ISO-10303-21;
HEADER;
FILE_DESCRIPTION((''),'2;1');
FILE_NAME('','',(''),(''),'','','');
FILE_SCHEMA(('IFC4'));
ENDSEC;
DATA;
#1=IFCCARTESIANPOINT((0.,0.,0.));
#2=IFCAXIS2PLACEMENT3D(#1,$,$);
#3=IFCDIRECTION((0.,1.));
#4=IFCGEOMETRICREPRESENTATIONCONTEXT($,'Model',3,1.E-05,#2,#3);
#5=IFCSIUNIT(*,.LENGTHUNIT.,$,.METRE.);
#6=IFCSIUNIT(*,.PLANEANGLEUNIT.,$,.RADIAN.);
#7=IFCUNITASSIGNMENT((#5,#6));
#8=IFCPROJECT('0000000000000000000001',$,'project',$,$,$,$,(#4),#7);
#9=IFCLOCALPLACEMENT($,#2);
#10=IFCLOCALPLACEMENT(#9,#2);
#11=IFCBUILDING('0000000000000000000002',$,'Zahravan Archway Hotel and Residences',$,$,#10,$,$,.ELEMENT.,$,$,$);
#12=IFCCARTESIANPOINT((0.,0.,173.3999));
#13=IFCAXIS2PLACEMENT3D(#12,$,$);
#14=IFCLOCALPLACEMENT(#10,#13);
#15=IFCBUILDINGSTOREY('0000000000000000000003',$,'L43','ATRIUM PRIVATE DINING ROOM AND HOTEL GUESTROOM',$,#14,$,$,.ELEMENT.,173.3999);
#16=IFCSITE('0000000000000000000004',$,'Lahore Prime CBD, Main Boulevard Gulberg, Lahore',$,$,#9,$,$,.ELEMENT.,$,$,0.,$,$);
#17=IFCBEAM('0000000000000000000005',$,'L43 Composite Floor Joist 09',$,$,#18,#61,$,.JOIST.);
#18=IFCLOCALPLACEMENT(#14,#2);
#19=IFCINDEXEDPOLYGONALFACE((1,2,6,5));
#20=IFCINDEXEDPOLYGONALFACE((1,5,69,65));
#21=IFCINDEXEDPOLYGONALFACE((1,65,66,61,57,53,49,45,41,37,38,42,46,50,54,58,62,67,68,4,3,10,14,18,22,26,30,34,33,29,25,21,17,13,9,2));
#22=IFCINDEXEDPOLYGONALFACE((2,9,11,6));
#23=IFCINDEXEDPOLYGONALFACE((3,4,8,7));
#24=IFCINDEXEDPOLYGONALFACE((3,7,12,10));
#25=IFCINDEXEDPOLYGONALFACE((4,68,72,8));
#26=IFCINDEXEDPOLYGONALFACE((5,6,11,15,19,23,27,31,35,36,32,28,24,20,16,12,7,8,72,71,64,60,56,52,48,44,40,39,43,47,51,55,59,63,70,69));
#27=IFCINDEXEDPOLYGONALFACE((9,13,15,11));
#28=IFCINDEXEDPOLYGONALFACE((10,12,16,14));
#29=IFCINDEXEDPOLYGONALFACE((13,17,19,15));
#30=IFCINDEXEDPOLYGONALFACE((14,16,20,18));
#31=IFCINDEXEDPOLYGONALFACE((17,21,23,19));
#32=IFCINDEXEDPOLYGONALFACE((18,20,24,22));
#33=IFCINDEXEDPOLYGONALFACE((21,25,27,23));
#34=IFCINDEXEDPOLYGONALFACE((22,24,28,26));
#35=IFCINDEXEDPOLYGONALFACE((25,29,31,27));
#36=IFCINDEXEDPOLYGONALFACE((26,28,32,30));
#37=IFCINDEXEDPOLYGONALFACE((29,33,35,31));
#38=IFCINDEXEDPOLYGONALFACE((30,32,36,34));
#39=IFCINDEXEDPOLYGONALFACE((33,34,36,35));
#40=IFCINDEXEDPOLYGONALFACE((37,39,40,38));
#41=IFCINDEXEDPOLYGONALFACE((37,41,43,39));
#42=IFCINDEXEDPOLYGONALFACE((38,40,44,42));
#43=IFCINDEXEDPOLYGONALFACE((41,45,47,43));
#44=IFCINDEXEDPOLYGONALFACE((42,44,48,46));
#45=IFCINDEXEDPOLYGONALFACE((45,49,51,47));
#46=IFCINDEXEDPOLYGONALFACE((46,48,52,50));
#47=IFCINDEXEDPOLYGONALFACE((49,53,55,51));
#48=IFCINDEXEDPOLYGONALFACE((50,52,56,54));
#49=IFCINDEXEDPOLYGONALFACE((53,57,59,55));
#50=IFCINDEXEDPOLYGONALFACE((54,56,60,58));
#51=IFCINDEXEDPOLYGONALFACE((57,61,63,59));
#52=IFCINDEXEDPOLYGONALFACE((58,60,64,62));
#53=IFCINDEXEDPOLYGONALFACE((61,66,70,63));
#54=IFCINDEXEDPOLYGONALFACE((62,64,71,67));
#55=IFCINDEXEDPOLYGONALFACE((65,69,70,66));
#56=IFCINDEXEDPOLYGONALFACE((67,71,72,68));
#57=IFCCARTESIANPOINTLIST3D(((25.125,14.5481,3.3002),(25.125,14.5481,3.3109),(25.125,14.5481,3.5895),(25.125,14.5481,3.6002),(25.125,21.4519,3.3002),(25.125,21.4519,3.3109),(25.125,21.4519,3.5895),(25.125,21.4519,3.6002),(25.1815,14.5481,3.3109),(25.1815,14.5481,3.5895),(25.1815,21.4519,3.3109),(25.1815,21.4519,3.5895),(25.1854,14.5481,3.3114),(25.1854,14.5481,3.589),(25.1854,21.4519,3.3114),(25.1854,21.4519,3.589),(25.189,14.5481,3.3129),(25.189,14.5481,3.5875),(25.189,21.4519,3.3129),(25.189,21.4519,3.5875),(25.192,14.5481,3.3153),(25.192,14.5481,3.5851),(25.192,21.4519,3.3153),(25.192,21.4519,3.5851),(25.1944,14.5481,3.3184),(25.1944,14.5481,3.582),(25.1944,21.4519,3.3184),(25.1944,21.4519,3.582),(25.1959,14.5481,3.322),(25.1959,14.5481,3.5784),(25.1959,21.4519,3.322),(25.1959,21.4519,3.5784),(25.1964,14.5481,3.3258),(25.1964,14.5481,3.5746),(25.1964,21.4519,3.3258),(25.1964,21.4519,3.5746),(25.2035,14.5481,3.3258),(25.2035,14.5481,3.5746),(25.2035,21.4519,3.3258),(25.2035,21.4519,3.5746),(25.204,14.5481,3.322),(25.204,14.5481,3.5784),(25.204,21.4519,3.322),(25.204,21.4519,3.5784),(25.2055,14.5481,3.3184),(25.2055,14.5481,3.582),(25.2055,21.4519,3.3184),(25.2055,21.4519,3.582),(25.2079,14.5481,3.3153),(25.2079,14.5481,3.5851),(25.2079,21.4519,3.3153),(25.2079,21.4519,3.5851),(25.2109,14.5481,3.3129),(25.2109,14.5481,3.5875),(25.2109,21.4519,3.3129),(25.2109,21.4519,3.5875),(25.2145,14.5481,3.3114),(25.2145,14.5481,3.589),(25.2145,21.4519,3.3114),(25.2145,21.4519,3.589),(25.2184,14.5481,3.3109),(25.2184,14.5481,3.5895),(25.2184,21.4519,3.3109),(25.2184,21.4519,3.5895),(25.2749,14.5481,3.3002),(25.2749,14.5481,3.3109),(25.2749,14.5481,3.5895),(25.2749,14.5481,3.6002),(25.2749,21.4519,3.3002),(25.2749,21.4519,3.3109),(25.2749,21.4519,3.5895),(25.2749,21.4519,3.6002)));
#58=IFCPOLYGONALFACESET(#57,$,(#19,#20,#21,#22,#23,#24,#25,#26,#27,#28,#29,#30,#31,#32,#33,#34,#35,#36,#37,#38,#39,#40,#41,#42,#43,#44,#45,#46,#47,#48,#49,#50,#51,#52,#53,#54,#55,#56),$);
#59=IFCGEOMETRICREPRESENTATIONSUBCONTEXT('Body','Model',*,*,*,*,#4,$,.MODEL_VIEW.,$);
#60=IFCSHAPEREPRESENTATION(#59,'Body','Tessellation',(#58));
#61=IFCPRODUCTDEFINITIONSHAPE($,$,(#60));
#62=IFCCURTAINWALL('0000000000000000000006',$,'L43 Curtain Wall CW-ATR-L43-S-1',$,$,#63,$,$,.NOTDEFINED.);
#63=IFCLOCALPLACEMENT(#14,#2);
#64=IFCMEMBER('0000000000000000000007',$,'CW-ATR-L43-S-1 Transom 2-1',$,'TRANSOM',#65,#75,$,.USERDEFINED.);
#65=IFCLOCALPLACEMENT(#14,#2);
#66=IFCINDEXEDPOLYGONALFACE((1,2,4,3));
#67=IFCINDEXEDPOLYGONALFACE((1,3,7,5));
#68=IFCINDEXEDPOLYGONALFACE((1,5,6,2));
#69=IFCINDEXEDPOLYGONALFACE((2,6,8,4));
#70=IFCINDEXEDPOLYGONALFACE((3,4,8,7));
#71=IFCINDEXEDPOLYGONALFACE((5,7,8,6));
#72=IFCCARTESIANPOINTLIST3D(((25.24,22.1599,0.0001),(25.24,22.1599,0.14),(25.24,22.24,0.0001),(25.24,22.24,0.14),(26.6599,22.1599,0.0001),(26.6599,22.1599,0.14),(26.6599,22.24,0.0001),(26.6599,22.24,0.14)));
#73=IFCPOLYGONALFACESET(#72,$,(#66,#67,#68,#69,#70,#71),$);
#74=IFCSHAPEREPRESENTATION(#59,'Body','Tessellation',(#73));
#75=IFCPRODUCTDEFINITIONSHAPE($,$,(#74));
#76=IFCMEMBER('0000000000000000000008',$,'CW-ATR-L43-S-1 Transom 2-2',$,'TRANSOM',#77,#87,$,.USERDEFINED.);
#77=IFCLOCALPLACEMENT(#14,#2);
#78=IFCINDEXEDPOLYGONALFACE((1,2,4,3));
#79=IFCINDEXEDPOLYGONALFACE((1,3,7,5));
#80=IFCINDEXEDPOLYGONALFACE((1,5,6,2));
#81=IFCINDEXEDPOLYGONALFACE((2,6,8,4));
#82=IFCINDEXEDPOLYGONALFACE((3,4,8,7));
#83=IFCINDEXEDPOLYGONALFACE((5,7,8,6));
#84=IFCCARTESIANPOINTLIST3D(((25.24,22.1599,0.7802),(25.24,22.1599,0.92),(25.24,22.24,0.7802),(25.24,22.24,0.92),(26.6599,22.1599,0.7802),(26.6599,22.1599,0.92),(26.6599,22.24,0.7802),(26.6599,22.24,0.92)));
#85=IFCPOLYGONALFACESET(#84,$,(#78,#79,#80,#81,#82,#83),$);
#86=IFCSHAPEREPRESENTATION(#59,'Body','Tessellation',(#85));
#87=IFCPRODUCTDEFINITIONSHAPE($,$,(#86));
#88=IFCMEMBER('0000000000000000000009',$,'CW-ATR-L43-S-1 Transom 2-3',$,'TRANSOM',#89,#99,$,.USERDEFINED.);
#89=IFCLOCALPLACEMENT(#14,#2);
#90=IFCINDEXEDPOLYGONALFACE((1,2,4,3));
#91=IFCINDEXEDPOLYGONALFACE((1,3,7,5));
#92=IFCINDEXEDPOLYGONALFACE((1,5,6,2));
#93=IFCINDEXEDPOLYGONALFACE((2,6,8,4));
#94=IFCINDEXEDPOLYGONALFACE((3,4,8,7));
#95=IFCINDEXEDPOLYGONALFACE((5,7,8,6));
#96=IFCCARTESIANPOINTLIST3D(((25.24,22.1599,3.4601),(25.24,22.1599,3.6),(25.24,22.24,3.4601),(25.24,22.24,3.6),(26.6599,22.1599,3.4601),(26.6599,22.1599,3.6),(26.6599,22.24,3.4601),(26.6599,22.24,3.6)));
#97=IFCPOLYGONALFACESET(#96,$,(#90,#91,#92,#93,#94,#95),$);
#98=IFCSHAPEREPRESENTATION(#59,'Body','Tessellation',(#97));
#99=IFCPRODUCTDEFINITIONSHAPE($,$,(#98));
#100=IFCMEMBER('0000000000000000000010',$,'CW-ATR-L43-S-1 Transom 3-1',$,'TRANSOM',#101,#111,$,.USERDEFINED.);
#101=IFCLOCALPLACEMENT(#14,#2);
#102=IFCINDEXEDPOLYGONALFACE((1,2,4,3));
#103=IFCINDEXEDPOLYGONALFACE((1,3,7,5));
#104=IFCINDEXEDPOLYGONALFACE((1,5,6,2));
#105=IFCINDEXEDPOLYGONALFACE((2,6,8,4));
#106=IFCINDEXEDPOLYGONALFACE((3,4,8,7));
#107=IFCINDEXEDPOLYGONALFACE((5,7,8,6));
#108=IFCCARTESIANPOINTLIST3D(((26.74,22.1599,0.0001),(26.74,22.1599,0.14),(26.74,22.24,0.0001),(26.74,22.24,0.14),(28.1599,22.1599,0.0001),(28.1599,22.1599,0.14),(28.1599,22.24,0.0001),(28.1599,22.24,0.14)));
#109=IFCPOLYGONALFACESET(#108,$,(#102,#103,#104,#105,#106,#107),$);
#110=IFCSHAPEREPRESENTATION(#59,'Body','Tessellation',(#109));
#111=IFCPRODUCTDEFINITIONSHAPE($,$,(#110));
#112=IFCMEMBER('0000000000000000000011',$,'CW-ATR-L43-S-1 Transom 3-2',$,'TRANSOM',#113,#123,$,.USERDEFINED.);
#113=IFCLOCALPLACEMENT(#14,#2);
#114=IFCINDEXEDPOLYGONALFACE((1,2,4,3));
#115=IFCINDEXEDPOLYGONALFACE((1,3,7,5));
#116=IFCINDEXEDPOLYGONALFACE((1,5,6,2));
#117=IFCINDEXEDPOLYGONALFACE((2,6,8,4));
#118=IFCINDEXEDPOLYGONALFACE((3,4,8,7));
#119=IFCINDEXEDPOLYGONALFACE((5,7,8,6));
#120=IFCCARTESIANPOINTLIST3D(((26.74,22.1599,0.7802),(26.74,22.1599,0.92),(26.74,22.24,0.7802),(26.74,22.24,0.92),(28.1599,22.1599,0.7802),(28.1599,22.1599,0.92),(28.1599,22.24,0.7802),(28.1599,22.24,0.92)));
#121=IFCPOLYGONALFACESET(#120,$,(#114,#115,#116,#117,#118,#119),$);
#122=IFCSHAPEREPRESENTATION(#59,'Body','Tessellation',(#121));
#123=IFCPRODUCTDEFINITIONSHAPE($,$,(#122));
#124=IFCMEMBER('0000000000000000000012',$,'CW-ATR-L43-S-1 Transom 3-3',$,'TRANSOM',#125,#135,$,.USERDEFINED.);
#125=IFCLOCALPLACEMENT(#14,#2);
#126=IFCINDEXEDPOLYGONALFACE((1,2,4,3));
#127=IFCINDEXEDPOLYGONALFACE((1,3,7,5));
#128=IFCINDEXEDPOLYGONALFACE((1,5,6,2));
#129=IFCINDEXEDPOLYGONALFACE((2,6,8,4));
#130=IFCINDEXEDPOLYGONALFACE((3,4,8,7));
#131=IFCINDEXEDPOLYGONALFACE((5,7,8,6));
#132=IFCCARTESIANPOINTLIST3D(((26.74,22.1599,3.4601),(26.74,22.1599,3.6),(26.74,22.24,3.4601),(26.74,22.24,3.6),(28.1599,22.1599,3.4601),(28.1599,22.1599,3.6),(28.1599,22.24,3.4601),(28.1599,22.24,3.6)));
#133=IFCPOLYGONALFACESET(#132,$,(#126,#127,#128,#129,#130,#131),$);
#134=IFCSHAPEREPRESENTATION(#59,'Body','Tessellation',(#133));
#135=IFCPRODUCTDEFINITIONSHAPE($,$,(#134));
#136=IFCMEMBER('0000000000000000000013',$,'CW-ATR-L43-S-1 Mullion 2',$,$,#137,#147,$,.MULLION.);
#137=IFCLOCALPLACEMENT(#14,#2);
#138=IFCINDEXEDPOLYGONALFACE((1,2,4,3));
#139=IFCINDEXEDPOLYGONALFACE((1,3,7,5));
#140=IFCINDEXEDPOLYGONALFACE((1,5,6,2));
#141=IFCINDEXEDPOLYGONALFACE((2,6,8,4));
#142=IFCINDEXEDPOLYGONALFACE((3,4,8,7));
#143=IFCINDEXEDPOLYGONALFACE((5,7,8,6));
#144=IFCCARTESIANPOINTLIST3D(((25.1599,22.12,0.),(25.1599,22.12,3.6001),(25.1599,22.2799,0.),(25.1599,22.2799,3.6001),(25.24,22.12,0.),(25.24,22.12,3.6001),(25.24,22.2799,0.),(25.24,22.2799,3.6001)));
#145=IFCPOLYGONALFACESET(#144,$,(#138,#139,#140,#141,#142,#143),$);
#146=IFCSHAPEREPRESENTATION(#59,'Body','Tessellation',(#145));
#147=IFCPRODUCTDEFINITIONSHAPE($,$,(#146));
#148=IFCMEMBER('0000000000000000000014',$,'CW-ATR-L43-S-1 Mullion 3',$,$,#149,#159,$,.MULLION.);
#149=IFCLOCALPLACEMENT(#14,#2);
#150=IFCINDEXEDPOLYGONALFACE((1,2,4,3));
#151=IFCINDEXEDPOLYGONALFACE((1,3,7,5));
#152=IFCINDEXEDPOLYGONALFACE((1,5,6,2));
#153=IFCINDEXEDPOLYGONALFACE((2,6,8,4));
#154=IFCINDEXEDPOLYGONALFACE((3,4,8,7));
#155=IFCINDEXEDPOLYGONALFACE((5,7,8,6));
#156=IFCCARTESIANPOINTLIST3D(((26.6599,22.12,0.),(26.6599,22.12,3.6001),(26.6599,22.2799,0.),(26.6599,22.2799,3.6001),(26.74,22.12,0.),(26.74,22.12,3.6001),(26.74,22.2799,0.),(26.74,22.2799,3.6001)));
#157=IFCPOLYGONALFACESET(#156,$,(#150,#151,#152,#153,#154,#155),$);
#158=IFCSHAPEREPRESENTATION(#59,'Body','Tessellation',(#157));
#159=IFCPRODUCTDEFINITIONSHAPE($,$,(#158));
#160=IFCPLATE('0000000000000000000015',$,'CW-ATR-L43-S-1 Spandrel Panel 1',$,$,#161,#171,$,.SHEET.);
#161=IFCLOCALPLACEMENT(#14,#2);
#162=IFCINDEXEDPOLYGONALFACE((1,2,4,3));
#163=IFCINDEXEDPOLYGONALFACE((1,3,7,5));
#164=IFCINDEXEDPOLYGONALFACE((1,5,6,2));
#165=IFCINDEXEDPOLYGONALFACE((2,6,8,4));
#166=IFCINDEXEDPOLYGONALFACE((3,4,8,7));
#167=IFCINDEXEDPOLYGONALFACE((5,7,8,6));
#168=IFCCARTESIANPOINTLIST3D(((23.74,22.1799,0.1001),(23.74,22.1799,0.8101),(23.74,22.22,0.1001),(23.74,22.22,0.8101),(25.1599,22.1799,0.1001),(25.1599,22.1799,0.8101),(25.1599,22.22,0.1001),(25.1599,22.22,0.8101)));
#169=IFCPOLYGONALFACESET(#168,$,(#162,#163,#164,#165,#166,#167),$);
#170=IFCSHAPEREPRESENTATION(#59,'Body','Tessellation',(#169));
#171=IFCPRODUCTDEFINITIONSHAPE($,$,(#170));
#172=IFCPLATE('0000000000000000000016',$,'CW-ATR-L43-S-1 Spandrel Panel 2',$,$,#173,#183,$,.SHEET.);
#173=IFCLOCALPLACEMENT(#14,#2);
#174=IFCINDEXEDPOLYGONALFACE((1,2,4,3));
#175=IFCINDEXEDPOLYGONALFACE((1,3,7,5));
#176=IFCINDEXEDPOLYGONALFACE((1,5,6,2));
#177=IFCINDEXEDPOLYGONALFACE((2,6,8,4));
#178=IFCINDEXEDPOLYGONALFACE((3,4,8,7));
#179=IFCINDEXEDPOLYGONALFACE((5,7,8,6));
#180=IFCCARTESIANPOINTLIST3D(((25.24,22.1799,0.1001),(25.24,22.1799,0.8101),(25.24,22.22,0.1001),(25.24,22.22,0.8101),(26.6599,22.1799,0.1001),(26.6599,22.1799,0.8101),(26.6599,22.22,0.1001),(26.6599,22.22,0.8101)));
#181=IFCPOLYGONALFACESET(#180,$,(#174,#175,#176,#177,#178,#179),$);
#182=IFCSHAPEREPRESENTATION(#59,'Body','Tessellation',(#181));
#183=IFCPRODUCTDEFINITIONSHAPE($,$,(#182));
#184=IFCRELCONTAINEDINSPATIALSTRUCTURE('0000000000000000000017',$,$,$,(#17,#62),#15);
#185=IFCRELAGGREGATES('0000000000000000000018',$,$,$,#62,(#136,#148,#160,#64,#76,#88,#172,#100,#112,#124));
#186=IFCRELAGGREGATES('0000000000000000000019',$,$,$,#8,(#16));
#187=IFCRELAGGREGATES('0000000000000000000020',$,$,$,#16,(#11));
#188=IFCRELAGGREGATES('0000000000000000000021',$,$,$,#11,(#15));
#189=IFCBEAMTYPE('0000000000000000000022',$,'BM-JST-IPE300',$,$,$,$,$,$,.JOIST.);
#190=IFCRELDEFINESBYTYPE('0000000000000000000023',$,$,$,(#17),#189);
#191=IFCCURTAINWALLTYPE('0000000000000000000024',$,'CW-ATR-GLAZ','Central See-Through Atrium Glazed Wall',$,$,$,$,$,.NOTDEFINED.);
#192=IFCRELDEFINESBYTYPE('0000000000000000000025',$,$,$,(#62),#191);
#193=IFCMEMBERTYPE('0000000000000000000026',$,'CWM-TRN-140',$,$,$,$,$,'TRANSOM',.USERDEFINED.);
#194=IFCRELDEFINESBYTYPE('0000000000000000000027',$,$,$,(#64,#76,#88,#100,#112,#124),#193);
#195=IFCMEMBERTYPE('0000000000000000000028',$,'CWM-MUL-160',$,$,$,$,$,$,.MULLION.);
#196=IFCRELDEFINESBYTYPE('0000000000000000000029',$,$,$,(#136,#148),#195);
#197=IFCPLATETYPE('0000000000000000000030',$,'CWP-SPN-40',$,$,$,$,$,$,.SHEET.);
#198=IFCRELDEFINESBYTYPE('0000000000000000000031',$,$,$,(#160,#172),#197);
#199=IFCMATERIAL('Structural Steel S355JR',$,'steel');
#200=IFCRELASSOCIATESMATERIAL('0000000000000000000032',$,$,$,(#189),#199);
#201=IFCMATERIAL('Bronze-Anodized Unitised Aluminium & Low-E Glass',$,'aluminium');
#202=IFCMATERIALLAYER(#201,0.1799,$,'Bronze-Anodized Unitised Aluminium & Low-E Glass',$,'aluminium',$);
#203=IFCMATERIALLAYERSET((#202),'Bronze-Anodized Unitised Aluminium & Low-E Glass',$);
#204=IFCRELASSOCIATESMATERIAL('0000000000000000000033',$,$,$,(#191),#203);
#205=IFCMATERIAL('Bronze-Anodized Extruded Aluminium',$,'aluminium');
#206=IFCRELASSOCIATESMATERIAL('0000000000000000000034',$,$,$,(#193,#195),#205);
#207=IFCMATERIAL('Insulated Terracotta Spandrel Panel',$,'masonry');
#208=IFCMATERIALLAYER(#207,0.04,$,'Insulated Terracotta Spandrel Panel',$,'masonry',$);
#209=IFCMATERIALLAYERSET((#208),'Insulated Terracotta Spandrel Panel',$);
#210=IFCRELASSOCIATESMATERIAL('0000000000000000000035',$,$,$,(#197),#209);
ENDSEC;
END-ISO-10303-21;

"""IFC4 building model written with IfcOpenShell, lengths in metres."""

from ifc_helpers import new_model, si_unit, direction, frame, origin, origin_2d, place, context, subcontext, project, spatial, rectangle, i_section, extrude, source, transform, mapped, material, layer, layer_set, material_profile, profile_set, type_object, element, aggregate, save


model = new_model("IFC4")

# Units and contexts
model_context = context("Model", 3, precision=1e-05, world=origin(), true_north=direction((0.0, 1.0)))
body_context = subcontext(model_context, "Body", "Model", "MODEL_VIEW")
ifc_project = project(units=[si_unit("LENGTHUNIT", "METRE"), si_unit("PLANEANGLEUNIT", "RADIAN")], contexts=[model_context])

# Site, building, storey
site_placement = place(None, origin())
site = spatial("IfcSite", under=ifc_project, at=site_placement, Name="Lahore Prime CBD, Main Boulevard Gulberg, Lahore", CompositionType="ELEMENT", RefElevation=0.0)
building_placement = place(site_placement, origin())
building = spatial("IfcBuilding", under=site, at=building_placement, Name="Zahravan Archway Hotel and Residences", CompositionType="ELEMENT")
storey_placement = place(building_placement, frame((0.0, 0.0, 173.3999)))
storey = spatial("IfcBuildingStorey", under=building, at=storey_placement, Name="L43", Description="ATRIUM PRIVATE DINING ROOM AND HOTEL GUESTROOM", CompositionType="ELEMENT", Elevation=173.3999)

# Beam
ifc_material_1 = material(Name="Structural Steel S355JR", Category="steel")
ifc_material_profile_1 = material_profile(ifc_material_1, i_section(OverallWidth=0.1499, OverallDepth=0.3, WebThickness=0.0071, FlangeThickness=0.0107, FilletRadius=0.0149, at=origin_2d()), Name="IPE 300", Category="steel")
ifc_profile_set_1 = profile_set([ifc_material_profile_1], Name="Structural Steel S355JR")
beam_type = type_object("IfcBeamType", Name="BM-JST-IPE300", PredefinedType="JOIST", material=ifc_profile_set_1)
shared_shape_1 = source(origin(), body_context, "Body", "SweptSolid", [
    extrude(i_section(OverallWidth=0.1499, OverallDepth=0.3, WebThickness=0.0071, FlangeThickness=0.0107, FilletRadius=0.0149, at=origin_2d()), origin(), (0.0, 0.0, 1.0), 6.9038),
])
beam_placement = place(storey_placement, frame((25.2, 14.5481, 3.4502), z_axis=(0.0, 1.0, 0.0), x_axis=(-1.0, 0.0, 0.0)))
element("IfcBeam", 1, at=beam_placement, inside=storey, type_object=beam_type, Name="L43 Composite Floor Joist 09", PredefinedType="JOIST", context=body_context, shape_type="MappedRepresentation", body=[
    mapped(shared_shape_1, transform((0.0, 0.0, 0.0), scale=1.0)),
])

# Curtain wall, members, plates
ifc_material_2 = material(Name="Bronze-Anodized Unitised Aluminium & Low-E Glass", Category="aluminium")
ifc_layer_1 = layer(ifc_material_2, 0.1799, Name="Bronze-Anodized Unitised Aluminium & Low-E Glass", Category="aluminium")
ifc_layer_set_1 = layer_set([ifc_layer_1], Name="Bronze-Anodized Unitised Aluminium & Low-E Glass")
curtain_wall_type = type_object("IfcCurtainWallType", Name="CW-ATR-GLAZ", Description="Central See-Through Atrium Glazed Wall", PredefinedType="NOTDEFINED", material=ifc_layer_set_1)
curtain_wall_placement = place(storey_placement, origin())
curtain_wall = element("IfcCurtainWall", 2, at=curtain_wall_placement, inside=storey, type_object=curtain_wall_type, Name="L43 Curtain Wall CW-ATR-L43-S-1", PredefinedType="NOTDEFINED")
ifc_material_3 = material(Name="Bronze-Anodized Extruded Aluminium", Category="aluminium")
ifc_material_profile_2 = material_profile(ifc_material_3, rectangle(XDim=0.0801, YDim=0.1399, at=origin_2d()), Name="TRN 80x140", Category="aluminium")
ifc_profile_set_2 = profile_set([ifc_material_profile_2], Name="Bronze-Anodized Extruded Aluminium")
member_type_1 = type_object("IfcMemberType", Name="CWM-TRN-140", ElementType="TRANSOM", PredefinedType="USERDEFINED", material=ifc_profile_set_2)
shared_shape_2 = source(origin(), body_context, "Body", "SweptSolid", [
    extrude(rectangle(XDim=0.0801, YDim=0.1399, at=origin_2d()), origin(), (0.0, 0.0, 1.0), 1.4199),
])
member_1_placement = place(storey_placement, frame((25.24, 22.2, 0.0701), z_axis=(1.0, 0.0, 0.0), x_axis=(0.0, 1.0, 0.0)))
member_1 = element("IfcMember", 3, at=member_1_placement, type_object=member_type_1, Name="CW-ATR-L43-S-1 Transom 2-1", ObjectType="TRANSOM", PredefinedType="USERDEFINED", context=body_context, shape_type="MappedRepresentation", body=[
    mapped(shared_shape_2, transform((0.0, 0.0, 0.0), scale=1.0)),
])
member_2_placement = place(storey_placement, frame((25.24, 22.2, 0.8501), z_axis=(1.0, 0.0, 0.0), x_axis=(0.0, 1.0, 0.0)))
member_2 = element("IfcMember", 4, at=member_2_placement, type_object=member_type_1, Name="CW-ATR-L43-S-1 Transom 2-2", ObjectType="TRANSOM", PredefinedType="USERDEFINED", context=body_context, shape_type="MappedRepresentation", body=[
    mapped(shared_shape_2, transform((0.0, 0.0, 0.0), scale=1.0)),
])
member_3_placement = place(storey_placement, frame((25.24, 22.2, 3.53), z_axis=(1.0, 0.0, 0.0), x_axis=(0.0, 1.0, 0.0)))
member_3 = element("IfcMember", 5, at=member_3_placement, type_object=member_type_1, Name="CW-ATR-L43-S-1 Transom 2-3", ObjectType="TRANSOM", PredefinedType="USERDEFINED", context=body_context, shape_type="MappedRepresentation", body=[
    mapped(shared_shape_2, transform((0.0, 0.0, 0.0), scale=1.0)),
])
member_4_placement = place(storey_placement, frame((26.74, 22.2, 0.0701), z_axis=(1.0, 0.0, 0.0), x_axis=(0.0, 1.0, 0.0)))
member_4 = element("IfcMember", 6, at=member_4_placement, type_object=member_type_1, Name="CW-ATR-L43-S-1 Transom 3-1", ObjectType="TRANSOM", PredefinedType="USERDEFINED", context=body_context, shape_type="MappedRepresentation", body=[
    mapped(shared_shape_2, transform((0.0, 0.0, 0.0), scale=1.0)),
])
member_5_placement = place(storey_placement, frame((26.74, 22.2, 0.8501), z_axis=(1.0, 0.0, 0.0), x_axis=(0.0, 1.0, 0.0)))
member_5 = element("IfcMember", 7, at=member_5_placement, type_object=member_type_1, Name="CW-ATR-L43-S-1 Transom 3-2", ObjectType="TRANSOM", PredefinedType="USERDEFINED", context=body_context, shape_type="MappedRepresentation", body=[
    mapped(shared_shape_2, transform((0.0, 0.0, 0.0), scale=1.0)),
])
member_6_placement = place(storey_placement, frame((26.74, 22.2, 3.53), z_axis=(1.0, 0.0, 0.0), x_axis=(0.0, 1.0, 0.0)))
member_6 = element("IfcMember", 8, at=member_6_placement, type_object=member_type_1, Name="CW-ATR-L43-S-1 Transom 3-3", ObjectType="TRANSOM", PredefinedType="USERDEFINED", context=body_context, shape_type="MappedRepresentation", body=[
    mapped(shared_shape_2, transform((0.0, 0.0, 0.0), scale=1.0)),
])
ifc_material_profile_3 = material_profile(ifc_material_3, rectangle(XDim=0.0801, YDim=0.1599, at=origin_2d()), Name="MUL 80x160", Category="aluminium")
ifc_profile_set_3 = profile_set([ifc_material_profile_3], Name="Bronze-Anodized Extruded Aluminium")
member_type_2 = type_object("IfcMemberType", Name="CWM-MUL-160", PredefinedType="MULLION", material=ifc_profile_set_3)
shared_shape_3 = source(origin(), body_context, "Body", "SweptSolid", [
    extrude(rectangle(XDim=0.0801, YDim=0.1599, at=origin_2d()), origin(), (0.0, 0.0, 1.0), 3.6001),
])
member_7_placement = place(storey_placement, frame((25.2, 22.2, 0.0), z_axis=(0.0, 0.0, 1.0), x_axis=(1.0, 0.0, 0.0)))
member_7 = element("IfcMember", 9, at=member_7_placement, type_object=member_type_2, Name="CW-ATR-L43-S-1 Mullion 2", PredefinedType="MULLION", context=body_context, shape_type="MappedRepresentation", body=[
    mapped(shared_shape_3, transform((0.0, 0.0, 0.0), scale=1.0)),
])
member_8_placement = place(storey_placement, frame((26.7, 22.2, 0.0), z_axis=(0.0, 0.0, 1.0), x_axis=(1.0, 0.0, 0.0)))
member_8 = element("IfcMember", 10, at=member_8_placement, type_object=member_type_2, Name="CW-ATR-L43-S-1 Mullion 3", PredefinedType="MULLION", context=body_context, shape_type="MappedRepresentation", body=[
    mapped(shared_shape_3, transform((0.0, 0.0, 0.0), scale=1.0)),
])
ifc_material_4 = material(Name="Insulated Terracotta Spandrel Panel", Category="masonry")
ifc_layer_2 = layer(ifc_material_4, 0.04, Name="Insulated Terracotta Spandrel Panel", Category="masonry")
ifc_layer_set_2 = layer_set([ifc_layer_2], Name="Insulated Terracotta Spandrel Panel")
plate_type_1 = type_object("IfcPlateType", Name="CWP-SPN-40", PredefinedType="SHEET", material=ifc_layer_set_2)
shared_shape_4 = source(origin(), body_context, "Body", "SweptSolid", [
    extrude(rectangle(XDim=1.4199, YDim=0.04, at=origin_2d()), origin(), (0.0, 0.0, 1.0), 0.71),
])
plate_1_placement = place(storey_placement, frame((24.45, 22.2, 0.1001), z_axis=(0.0, 0.0, 1.0), x_axis=(1.0, 0.0, 0.0)))
plate_1 = element("IfcPlate", 11, at=plate_1_placement, type_object=plate_type_1, Name="CW-ATR-L43-S-1 Spandrel Panel 1", PredefinedType="SHEET", context=body_context, shape_type="MappedRepresentation", body=[
    mapped(shared_shape_4, transform((0.0, 0.0, 0.0), scale=1.0)),
])
plate_2_placement = place(storey_placement, frame((25.95, 22.2, 0.1001), z_axis=(0.0, 0.0, 1.0), x_axis=(1.0, 0.0, 0.0)))
plate_2 = element("IfcPlate", 12, at=plate_2_placement, type_object=plate_type_1, Name="CW-ATR-L43-S-1 Spandrel Panel 2", PredefinedType="SHEET", context=body_context, shape_type="MappedRepresentation", body=[
    mapped(shared_shape_4, transform((0.0, 0.0, 0.0), scale=1.0)),
])
aggregate(curtain_wall, [member_7, member_8, plate_1, member_1, member_2, member_3, plate_2, member_4, member_5, member_6])

save(model, "model.ifc")
